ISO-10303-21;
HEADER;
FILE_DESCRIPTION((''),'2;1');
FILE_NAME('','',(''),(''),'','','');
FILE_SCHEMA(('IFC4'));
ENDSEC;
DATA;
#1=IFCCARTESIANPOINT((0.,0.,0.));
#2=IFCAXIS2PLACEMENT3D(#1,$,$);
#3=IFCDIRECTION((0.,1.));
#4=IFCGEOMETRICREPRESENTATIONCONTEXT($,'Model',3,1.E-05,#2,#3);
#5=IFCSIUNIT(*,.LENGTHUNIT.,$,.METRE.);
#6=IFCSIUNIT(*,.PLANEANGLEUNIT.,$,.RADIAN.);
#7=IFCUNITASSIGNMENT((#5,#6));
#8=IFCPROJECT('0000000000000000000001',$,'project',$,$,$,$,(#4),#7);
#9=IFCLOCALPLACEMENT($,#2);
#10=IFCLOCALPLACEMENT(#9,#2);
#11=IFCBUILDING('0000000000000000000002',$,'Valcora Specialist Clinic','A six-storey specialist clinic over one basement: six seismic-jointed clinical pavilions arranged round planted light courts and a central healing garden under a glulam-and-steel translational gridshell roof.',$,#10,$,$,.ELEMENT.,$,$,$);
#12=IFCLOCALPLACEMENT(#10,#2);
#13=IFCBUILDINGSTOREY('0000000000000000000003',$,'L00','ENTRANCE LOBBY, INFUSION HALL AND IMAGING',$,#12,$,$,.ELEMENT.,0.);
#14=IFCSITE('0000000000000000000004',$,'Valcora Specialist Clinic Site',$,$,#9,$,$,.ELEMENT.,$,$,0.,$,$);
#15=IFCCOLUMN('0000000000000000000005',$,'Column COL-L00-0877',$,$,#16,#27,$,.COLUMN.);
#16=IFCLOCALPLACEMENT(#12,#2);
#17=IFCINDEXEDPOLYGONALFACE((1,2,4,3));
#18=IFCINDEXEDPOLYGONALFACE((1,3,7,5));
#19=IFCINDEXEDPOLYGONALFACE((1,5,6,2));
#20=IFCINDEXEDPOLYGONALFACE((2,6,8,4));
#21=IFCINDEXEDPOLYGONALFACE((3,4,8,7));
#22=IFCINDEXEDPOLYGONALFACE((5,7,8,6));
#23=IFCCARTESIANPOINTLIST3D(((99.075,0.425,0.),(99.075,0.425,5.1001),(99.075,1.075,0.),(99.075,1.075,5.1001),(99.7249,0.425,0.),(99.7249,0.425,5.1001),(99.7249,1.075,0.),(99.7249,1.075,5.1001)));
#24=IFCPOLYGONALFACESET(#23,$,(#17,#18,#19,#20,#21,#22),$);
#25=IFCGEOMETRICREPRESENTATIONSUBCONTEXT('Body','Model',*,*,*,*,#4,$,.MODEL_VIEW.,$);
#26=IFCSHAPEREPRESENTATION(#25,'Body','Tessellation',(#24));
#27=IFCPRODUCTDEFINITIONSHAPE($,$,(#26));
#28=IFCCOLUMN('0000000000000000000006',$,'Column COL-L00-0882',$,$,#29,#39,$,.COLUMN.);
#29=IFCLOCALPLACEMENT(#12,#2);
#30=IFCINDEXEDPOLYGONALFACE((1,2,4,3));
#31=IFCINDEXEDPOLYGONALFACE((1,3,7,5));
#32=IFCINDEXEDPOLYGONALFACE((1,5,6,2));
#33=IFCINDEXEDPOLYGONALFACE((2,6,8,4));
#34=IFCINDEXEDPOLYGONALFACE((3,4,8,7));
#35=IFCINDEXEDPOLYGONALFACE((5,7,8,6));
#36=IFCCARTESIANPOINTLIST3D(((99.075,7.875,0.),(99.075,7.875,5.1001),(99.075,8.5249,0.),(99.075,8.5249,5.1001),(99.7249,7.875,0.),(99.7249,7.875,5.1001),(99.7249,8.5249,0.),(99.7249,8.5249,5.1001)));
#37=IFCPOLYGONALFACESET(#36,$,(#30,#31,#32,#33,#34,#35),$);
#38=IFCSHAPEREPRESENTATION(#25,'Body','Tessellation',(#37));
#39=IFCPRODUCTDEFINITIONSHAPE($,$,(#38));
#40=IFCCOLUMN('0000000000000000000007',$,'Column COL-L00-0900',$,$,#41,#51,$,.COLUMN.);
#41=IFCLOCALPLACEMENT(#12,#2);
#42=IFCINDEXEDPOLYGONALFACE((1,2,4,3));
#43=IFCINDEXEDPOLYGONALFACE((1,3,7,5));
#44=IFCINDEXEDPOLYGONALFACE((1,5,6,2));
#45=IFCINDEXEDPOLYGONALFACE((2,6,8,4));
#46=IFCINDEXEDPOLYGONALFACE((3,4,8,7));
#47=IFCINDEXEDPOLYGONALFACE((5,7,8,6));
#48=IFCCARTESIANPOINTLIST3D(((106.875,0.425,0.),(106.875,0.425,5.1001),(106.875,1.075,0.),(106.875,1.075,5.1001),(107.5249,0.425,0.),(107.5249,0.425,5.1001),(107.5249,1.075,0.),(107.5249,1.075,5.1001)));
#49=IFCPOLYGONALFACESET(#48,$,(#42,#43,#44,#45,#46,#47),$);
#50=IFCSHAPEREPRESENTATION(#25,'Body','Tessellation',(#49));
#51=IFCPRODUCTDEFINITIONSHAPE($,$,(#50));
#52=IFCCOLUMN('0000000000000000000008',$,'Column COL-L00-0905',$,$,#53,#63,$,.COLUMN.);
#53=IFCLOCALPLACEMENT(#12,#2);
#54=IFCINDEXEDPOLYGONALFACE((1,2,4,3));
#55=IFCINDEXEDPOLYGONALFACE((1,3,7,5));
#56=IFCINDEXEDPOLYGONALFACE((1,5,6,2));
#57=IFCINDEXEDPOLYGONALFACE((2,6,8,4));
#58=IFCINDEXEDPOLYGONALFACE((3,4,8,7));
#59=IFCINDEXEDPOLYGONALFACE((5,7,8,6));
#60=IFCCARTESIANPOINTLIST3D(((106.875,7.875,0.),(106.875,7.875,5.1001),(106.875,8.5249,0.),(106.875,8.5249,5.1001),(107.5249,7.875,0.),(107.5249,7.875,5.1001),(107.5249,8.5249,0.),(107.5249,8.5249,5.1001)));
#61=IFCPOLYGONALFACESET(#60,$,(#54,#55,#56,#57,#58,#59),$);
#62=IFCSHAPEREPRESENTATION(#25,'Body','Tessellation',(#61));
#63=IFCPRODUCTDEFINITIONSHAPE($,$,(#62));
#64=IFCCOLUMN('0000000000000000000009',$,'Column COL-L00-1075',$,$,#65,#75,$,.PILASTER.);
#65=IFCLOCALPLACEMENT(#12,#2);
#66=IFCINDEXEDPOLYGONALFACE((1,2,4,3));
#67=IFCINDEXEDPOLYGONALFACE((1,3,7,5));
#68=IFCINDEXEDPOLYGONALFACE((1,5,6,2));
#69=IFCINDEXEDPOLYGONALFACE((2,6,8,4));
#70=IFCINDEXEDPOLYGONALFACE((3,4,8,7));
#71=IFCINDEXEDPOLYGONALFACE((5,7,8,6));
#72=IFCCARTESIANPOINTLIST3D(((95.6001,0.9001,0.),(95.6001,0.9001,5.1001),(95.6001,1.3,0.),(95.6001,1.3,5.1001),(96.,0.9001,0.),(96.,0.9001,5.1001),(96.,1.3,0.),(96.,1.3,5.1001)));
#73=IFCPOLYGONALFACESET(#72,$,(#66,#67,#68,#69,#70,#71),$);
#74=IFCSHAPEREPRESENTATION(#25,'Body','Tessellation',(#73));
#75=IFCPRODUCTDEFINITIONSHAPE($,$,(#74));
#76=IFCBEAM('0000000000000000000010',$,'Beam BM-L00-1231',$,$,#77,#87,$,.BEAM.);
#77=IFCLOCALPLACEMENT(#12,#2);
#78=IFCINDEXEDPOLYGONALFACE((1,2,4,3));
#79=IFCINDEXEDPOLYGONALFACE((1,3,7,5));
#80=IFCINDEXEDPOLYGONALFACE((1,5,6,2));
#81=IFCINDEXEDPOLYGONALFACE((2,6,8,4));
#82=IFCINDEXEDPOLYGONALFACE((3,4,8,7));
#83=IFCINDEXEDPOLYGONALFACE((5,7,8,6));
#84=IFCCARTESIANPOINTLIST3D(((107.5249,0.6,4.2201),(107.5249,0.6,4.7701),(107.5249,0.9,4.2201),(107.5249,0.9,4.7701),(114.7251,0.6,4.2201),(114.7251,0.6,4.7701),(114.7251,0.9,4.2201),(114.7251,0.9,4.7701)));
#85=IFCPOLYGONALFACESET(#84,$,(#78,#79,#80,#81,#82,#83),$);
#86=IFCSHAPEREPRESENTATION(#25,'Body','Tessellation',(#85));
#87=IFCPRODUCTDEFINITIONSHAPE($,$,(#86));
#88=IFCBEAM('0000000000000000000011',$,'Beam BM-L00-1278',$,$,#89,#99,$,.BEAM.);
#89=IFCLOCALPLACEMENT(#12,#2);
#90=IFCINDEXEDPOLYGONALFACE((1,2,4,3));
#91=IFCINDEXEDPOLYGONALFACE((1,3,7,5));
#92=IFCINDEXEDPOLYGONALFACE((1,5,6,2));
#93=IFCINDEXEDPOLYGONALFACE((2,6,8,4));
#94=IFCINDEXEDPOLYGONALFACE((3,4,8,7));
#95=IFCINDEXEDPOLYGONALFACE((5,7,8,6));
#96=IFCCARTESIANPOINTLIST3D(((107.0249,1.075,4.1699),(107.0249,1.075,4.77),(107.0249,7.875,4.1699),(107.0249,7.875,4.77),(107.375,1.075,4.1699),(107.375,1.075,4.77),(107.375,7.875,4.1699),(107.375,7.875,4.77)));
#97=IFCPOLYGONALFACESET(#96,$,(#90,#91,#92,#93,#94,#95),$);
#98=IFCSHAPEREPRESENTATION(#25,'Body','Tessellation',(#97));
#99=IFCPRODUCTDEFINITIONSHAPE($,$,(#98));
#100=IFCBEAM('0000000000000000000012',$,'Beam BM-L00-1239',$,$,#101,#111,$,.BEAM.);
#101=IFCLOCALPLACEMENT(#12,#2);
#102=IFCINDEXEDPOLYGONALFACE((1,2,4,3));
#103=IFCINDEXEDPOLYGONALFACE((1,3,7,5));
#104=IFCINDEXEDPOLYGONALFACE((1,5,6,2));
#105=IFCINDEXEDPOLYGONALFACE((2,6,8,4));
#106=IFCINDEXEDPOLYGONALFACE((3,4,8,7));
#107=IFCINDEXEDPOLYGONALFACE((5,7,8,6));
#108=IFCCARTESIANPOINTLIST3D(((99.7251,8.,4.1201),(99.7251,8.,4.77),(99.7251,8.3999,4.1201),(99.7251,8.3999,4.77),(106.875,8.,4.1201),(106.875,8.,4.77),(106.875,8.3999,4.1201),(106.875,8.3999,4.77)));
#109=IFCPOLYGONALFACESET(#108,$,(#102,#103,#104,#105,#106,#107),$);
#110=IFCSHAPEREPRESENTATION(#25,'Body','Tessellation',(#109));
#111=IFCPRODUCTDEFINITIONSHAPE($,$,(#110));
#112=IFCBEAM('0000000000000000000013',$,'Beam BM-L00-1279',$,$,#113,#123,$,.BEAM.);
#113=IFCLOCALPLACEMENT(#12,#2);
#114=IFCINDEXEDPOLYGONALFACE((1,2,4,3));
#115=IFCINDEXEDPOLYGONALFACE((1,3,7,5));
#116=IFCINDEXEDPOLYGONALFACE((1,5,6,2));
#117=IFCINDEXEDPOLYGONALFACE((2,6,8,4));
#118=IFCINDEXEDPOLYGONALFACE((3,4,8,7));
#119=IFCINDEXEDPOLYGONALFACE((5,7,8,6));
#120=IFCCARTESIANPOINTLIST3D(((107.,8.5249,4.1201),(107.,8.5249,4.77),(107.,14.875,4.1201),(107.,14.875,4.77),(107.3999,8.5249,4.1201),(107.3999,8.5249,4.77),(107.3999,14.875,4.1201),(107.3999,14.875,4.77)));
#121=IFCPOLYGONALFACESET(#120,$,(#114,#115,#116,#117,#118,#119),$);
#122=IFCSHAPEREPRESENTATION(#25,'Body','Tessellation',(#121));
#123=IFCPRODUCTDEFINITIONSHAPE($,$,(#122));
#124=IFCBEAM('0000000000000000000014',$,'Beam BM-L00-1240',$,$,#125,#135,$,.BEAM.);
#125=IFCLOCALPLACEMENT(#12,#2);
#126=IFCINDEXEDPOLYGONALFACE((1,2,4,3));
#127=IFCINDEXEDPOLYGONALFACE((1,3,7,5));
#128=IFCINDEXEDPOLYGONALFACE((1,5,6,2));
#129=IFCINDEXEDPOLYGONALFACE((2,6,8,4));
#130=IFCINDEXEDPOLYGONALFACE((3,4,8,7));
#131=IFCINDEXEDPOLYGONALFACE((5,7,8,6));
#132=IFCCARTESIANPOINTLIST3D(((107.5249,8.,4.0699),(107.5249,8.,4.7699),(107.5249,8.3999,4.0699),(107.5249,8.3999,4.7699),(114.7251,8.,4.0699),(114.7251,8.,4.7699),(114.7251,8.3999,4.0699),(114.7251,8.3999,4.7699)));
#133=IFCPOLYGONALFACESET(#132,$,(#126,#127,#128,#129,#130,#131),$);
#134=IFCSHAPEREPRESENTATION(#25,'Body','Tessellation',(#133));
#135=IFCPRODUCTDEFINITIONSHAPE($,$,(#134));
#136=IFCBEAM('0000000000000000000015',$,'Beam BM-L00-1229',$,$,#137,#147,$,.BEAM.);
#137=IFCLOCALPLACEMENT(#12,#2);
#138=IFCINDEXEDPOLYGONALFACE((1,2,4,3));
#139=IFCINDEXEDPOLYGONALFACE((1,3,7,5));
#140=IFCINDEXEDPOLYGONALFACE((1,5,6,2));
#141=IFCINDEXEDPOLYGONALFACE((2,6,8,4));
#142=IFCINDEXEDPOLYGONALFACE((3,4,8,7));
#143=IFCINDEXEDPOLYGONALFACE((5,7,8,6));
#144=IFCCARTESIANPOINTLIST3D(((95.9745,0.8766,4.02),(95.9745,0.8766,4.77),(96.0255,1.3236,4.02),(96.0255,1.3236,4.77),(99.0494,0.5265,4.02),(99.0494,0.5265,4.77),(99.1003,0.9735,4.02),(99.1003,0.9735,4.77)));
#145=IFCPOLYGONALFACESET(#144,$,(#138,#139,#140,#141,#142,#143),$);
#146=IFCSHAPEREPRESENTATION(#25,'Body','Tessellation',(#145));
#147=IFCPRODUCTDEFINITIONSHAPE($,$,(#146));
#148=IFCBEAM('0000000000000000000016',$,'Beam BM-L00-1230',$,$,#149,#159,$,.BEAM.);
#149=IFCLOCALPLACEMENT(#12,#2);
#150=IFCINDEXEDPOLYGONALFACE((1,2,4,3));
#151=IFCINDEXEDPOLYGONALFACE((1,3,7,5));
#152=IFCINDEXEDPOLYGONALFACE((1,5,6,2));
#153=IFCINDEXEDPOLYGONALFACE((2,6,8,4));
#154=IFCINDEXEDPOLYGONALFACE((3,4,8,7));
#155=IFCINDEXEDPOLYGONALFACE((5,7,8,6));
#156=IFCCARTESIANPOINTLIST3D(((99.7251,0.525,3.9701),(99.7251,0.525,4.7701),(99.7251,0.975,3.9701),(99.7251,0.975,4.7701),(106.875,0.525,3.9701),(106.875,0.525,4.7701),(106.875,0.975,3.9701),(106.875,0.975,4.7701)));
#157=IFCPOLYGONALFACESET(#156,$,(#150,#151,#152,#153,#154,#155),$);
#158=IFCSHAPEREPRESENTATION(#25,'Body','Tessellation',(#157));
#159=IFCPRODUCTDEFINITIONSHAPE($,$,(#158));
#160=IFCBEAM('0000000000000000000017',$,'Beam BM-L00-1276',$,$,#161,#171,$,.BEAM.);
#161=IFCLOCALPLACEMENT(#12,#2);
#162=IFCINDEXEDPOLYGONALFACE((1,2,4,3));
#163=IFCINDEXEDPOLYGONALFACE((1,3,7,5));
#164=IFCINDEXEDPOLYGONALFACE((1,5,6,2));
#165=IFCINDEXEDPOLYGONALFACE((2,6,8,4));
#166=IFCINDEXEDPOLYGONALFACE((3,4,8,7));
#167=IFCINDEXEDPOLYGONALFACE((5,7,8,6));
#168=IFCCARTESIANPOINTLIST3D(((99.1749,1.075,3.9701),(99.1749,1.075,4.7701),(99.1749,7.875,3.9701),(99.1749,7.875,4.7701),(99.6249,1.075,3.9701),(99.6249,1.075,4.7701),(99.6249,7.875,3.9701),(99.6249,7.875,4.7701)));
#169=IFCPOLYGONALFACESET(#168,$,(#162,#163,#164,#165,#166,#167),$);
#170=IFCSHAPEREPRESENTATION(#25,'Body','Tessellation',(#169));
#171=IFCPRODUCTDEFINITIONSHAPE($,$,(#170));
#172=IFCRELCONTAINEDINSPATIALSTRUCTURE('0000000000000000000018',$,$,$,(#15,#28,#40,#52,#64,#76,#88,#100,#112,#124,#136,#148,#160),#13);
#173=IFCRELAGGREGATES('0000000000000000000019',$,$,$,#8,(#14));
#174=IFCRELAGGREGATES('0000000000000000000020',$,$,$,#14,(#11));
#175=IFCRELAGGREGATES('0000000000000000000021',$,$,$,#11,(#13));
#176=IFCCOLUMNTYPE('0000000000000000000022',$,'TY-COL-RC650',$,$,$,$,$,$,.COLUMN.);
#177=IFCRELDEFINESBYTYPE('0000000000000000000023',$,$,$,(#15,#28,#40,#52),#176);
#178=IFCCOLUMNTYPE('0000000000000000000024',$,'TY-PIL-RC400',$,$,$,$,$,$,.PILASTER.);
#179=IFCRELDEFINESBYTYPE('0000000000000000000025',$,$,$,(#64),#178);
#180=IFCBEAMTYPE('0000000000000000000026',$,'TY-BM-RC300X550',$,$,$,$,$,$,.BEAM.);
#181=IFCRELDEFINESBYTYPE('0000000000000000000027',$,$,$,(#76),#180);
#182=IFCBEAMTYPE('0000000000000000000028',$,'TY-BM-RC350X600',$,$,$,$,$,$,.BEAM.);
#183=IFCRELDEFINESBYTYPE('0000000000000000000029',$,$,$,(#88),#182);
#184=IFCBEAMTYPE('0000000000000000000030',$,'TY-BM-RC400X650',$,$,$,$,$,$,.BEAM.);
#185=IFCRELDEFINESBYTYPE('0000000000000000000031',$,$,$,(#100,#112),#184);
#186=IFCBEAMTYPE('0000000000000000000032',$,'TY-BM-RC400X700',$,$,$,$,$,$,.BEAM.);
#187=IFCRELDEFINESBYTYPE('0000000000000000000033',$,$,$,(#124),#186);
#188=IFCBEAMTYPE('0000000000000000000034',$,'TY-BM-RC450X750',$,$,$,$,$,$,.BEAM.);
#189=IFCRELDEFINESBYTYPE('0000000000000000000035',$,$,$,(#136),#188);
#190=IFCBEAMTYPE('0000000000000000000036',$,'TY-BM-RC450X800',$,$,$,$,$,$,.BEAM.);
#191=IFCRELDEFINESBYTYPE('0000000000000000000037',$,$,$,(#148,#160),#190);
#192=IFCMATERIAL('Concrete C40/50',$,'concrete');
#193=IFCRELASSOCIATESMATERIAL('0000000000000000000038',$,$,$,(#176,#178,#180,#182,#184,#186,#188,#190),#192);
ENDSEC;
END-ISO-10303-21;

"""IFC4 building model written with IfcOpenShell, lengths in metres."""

from ifc_helpers import new_model, si_unit, direction, frame, origin, origin_2d, place, context, subcontext, project, spatial, rectangle, extrude, material, material_profile, profile_set, type_object, element, save


model = new_model("IFC4")

# Units and contexts
model_context = context("Model", 3, precision=1e-05, world=origin(), true_north=direction((0.0, 1.0)))
body_context = subcontext(model_context, "Body", "Model", "MODEL_VIEW")
ifc_project = project(units=[si_unit("LENGTHUNIT", "METRE"), si_unit("PLANEANGLEUNIT", "RADIAN")], contexts=[model_context])

# Site, building, storey
site_placement = place(None, origin())
site = spatial("IfcSite", under=ifc_project, at=site_placement, Name="Valcora Specialist Clinic Site", CompositionType="ELEMENT", RefElevation=0.0)
building_placement = place(site_placement, origin())
building = spatial("IfcBuilding", under=site, at=building_placement, Name="Valcora Specialist Clinic", Description="A six-storey specialist clinic over one basement: six seismic-jointed clinical pavilions arranged round planted light courts and a central healing garden under a glulam-and-steel translational gridshell roof.", CompositionType="ELEMENT")
storey_placement = place(building_placement, origin())
storey = spatial("IfcBuildingStorey", under=building, at=storey_placement, Name="L00", Description="ENTRANCE LOBBY, INFUSION HALL AND IMAGING", CompositionType="ELEMENT", Elevation=0.0)

# Columns
ifc_material_1 = material(Name="Concrete C40/50", Category="concrete")
ifc_material_profile_1 = material_profile(ifc_material_1, rectangle(XDim=0.6499, YDim=0.6499, at=origin_2d()), Name="RC-COL-650X650")
ifc_profile_set_1 = profile_set([ifc_material_profile_1], Name="Concrete C40/50")
column_type_1 = type_object("IfcColumnType", Name="TY-COL-RC650", PredefinedType="COLUMN", material=ifc_profile_set_1)
for number, where, z_axis, x_axis, name in (
    (1, (99.3999, 0.75, 0.0), (0.0, 0.0, 1.0), (1.0, 0.0, 0.0), "Column COL-L00-0877"),
    (2, (99.3999, 8.2, 0.0), (0.0, 0.0, 1.0), (1.0, 0.0, 0.0), "Column COL-L00-0882"),
    (3, (107.2, 0.75, 0.0), (0.0, 0.0, 1.0), (1.0, 0.0, 0.0), "Column COL-L00-0900"),
    (4, (107.2, 8.2, 0.0), (0.0, 0.0, 1.0), (1.0, 0.0, 0.0), "Column COL-L00-0905"),
):
    element("IfcColumn", number, at=place(storey_placement, frame(where, z_axis=z_axis, x_axis=x_axis)), inside=storey, type_object=column_type_1, Name=name, PredefinedType="COLUMN", context=body_context, shape_type="SweptSolid", body=[
        extrude(rectangle(XDim=0.6499, YDim=0.6499, at=origin_2d()), origin(), (0.0, 0.0, 1.0), 5.1001),
    ])
ifc_material_profile_2 = material_profile(ifc_material_1, rectangle(XDim=0.3999, YDim=0.3999, at=origin_2d()), Name="RC-COL-400X400")
ifc_profile_set_2 = profile_set([ifc_material_profile_2], Name="Concrete C40/50")
column_type_2 = type_object("IfcColumnType", Name="TY-PIL-RC400", PredefinedType="PILASTER", material=ifc_profile_set_2)
column_placement = place(storey_placement, frame((95.8, 1.1001, 0.0), z_axis=(0.0, 0.0, 1.0), x_axis=(1.0, 0.0, 0.0)))
element("IfcColumn", 5, at=column_placement, inside=storey, type_object=column_type_2, Name="Column COL-L00-1075", PredefinedType="PILASTER", context=body_context, shape_type="SweptSolid", body=[
    extrude(rectangle(XDim=0.3999, YDim=0.3999, at=origin_2d()), origin(), (0.0, 0.0, 1.0), 5.1001),
])

# Beams
ifc_material_profile_3 = material_profile(ifc_material_1, rectangle(XDim=0.3, YDim=0.55, at=origin_2d()), Name="RC-BM-300X550")
ifc_profile_set_3 = profile_set([ifc_material_profile_3], Name="Concrete C40/50")
beam_type_1 = type_object("IfcBeamType", Name="TY-BM-RC300X550", PredefinedType="BEAM", material=ifc_profile_set_3)
beam_1_placement = place(storey_placement, frame((107.5249, 0.75, 4.4951), z_axis=(1.0, 0.0, 0.0), x_axis=(0.0, 1.0, 0.0)))
element("IfcBeam", 6, at=beam_1_placement, inside=storey, type_object=beam_type_1, Name="Beam BM-L00-1231", PredefinedType="BEAM", context=body_context, shape_type="SweptSolid", body=[
    extrude(rectangle(XDim=0.3, YDim=0.55, at=origin_2d()), origin(), (0.0, 0.0, 1.0), 7.2002),
])
ifc_material_profile_4 = material_profile(ifc_material_1, rectangle(XDim=0.3501, YDim=0.6001, at=origin_2d()), Name="RC-BM-350X600")
ifc_profile_set_4 = profile_set([ifc_material_profile_4], Name="Concrete C40/50")
beam_type_2 = type_object("IfcBeamType", Name="TY-BM-RC350X600", PredefinedType="BEAM", material=ifc_profile_set_4)
beam_2_placement = place(storey_placement, frame((107.2, 1.075, 4.47), z_axis=(0.0, 1.0, 0.0), x_axis=(-1.0, 0.0, 0.0)))
element("IfcBeam", 7, at=beam_2_placement, inside=storey, type_object=beam_type_2, Name="Beam BM-L00-1278", PredefinedType="BEAM", context=body_context, shape_type="SweptSolid", body=[
    extrude(rectangle(XDim=0.3501, YDim=0.6001, at=origin_2d()), origin(), (0.0, 0.0, 1.0), 6.8),
])
ifc_material_profile_5 = material_profile(ifc_material_1, rectangle(XDim=0.3999, YDim=0.6499, at=origin_2d()), Name="RC-BM-400X650")
ifc_profile_set_5 = profile_set([ifc_material_profile_5], Name="Concrete C40/50")
beam_type_3 = type_object("IfcBeamType", Name="TY-BM-RC400X650", PredefinedType="BEAM", material=ifc_profile_set_5)
beam_3_placement = place(storey_placement, frame((99.7251, 8.2, 4.4451), z_axis=(1.0, 0.0, 0.0), x_axis=(0.0, 1.0, 0.0)))
element("IfcBeam", 8, at=beam_3_placement, inside=storey, type_object=beam_type_3, Name="Beam BM-L00-1239", PredefinedType="BEAM", context=body_context, shape_type="SweptSolid", body=[
    extrude(rectangle(XDim=0.3999, YDim=0.6499, at=origin_2d()), origin(), (0.0, 0.0, 1.0), 7.1499),
])
beam_4_placement = place(storey_placement, frame((107.2, 8.5249, 4.4451), z_axis=(0.0, 1.0, 0.0), x_axis=(-1.0, 0.0, 0.0)))
element("IfcBeam", 9, at=beam_4_placement, inside=storey, type_object=beam_type_3, Name="Beam BM-L00-1279", PredefinedType="BEAM", context=body_context, shape_type="SweptSolid", body=[
    extrude(rectangle(XDim=0.3999, YDim=0.6499, at=origin_2d()), origin(), (0.0, 0.0, 1.0), 6.3501),
])
ifc_material_profile_6 = material_profile(ifc_material_1, rectangle(XDim=0.3999, YDim=0.7, at=origin_2d()), Name="RC-BM-400X700")
ifc_profile_set_6 = profile_set([ifc_material_profile_6], Name="Concrete C40/50")
beam_type_4 = type_object("IfcBeamType", Name="TY-BM-RC400X700", PredefinedType="BEAM", material=ifc_profile_set_6)
beam_5_placement = place(storey_placement, frame((107.5249, 8.2, 4.4199), z_axis=(1.0, 0.0, 0.0), x_axis=(0.0, 1.0, 0.0)))
element("IfcBeam", 10, at=beam_5_placement, inside=storey, type_object=beam_type_4, Name="Beam BM-L00-1240", PredefinedType="BEAM", context=body_context, shape_type="SweptSolid", body=[
    extrude(rectangle(XDim=0.3999, YDim=0.7, at=origin_2d()), origin(), (0.0, 0.0, 1.0), 7.2002),
])
ifc_material_profile_7 = material_profile(ifc_material_1, rectangle(XDim=0.45, YDim=0.75, at=origin_2d()), Name="RC-BM-450X750")
ifc_profile_set_7 = profile_set([ifc_material_profile_7], Name="Concrete C40/50")
beam_type_5 = type_object("IfcBeamType", Name="TY-BM-RC450X750", PredefinedType="BEAM", material=ifc_profile_set_7)
beam_6_placement = place(storey_placement, frame((96.0, 1.1001, 4.395), z_axis=(0.993581, -0.113124, 0.0), x_axis=(0.113124, 0.993581, 0.0)))
element("IfcBeam", 11, at=beam_6_placement, inside=storey, type_object=beam_type_5, Name="Beam BM-L00-1229", PredefinedType="BEAM", context=body_context, shape_type="SweptSolid", body=[
    extrude(rectangle(XDim=0.45, YDim=0.75, at=origin_2d()), origin(), (0.0, 0.0, 1.0), 3.0947),
])
ifc_material_profile_8 = material_profile(ifc_material_1, rectangle(XDim=0.45, YDim=0.8, at=origin_2d()), Name="RC-BM-450X800")
ifc_profile_set_8 = profile_set([ifc_material_profile_8], Name="Concrete C40/50")
beam_type_6 = type_object("IfcBeamType", Name="TY-BM-RC450X800", PredefinedType="BEAM", material=ifc_profile_set_8)
beam_7_placement = place(storey_placement, frame((99.7251, 0.75, 4.3701), z_axis=(1.0, 0.0, 0.0), x_axis=(0.0, 1.0, 0.0)))
element("IfcBeam", 12, at=beam_7_placement, inside=storey, type_object=beam_type_6, Name="Beam BM-L00-1230", PredefinedType="BEAM", context=body_context, shape_type="SweptSolid", body=[
    extrude(rectangle(XDim=0.45, YDim=0.8, at=origin_2d()), origin(), (0.0, 0.0, 1.0), 7.1499),
])
beam_8_placement = place(storey_placement, frame((99.3999, 1.075, 4.3701), z_axis=(0.0, 1.0, 0.0), x_axis=(-1.0, 0.0, 0.0)))
element("IfcBeam", 13, at=beam_8_placement, inside=storey, type_object=beam_type_6, Name="Beam BM-L00-1276", PredefinedType="BEAM", context=body_context, shape_type="SweptSolid", body=[
    extrude(rectangle(XDim=0.45, YDim=0.8, at=origin_2d()), origin(), (0.0, 0.0, 1.0), 6.8),
])

save(model, "model.ifc")
